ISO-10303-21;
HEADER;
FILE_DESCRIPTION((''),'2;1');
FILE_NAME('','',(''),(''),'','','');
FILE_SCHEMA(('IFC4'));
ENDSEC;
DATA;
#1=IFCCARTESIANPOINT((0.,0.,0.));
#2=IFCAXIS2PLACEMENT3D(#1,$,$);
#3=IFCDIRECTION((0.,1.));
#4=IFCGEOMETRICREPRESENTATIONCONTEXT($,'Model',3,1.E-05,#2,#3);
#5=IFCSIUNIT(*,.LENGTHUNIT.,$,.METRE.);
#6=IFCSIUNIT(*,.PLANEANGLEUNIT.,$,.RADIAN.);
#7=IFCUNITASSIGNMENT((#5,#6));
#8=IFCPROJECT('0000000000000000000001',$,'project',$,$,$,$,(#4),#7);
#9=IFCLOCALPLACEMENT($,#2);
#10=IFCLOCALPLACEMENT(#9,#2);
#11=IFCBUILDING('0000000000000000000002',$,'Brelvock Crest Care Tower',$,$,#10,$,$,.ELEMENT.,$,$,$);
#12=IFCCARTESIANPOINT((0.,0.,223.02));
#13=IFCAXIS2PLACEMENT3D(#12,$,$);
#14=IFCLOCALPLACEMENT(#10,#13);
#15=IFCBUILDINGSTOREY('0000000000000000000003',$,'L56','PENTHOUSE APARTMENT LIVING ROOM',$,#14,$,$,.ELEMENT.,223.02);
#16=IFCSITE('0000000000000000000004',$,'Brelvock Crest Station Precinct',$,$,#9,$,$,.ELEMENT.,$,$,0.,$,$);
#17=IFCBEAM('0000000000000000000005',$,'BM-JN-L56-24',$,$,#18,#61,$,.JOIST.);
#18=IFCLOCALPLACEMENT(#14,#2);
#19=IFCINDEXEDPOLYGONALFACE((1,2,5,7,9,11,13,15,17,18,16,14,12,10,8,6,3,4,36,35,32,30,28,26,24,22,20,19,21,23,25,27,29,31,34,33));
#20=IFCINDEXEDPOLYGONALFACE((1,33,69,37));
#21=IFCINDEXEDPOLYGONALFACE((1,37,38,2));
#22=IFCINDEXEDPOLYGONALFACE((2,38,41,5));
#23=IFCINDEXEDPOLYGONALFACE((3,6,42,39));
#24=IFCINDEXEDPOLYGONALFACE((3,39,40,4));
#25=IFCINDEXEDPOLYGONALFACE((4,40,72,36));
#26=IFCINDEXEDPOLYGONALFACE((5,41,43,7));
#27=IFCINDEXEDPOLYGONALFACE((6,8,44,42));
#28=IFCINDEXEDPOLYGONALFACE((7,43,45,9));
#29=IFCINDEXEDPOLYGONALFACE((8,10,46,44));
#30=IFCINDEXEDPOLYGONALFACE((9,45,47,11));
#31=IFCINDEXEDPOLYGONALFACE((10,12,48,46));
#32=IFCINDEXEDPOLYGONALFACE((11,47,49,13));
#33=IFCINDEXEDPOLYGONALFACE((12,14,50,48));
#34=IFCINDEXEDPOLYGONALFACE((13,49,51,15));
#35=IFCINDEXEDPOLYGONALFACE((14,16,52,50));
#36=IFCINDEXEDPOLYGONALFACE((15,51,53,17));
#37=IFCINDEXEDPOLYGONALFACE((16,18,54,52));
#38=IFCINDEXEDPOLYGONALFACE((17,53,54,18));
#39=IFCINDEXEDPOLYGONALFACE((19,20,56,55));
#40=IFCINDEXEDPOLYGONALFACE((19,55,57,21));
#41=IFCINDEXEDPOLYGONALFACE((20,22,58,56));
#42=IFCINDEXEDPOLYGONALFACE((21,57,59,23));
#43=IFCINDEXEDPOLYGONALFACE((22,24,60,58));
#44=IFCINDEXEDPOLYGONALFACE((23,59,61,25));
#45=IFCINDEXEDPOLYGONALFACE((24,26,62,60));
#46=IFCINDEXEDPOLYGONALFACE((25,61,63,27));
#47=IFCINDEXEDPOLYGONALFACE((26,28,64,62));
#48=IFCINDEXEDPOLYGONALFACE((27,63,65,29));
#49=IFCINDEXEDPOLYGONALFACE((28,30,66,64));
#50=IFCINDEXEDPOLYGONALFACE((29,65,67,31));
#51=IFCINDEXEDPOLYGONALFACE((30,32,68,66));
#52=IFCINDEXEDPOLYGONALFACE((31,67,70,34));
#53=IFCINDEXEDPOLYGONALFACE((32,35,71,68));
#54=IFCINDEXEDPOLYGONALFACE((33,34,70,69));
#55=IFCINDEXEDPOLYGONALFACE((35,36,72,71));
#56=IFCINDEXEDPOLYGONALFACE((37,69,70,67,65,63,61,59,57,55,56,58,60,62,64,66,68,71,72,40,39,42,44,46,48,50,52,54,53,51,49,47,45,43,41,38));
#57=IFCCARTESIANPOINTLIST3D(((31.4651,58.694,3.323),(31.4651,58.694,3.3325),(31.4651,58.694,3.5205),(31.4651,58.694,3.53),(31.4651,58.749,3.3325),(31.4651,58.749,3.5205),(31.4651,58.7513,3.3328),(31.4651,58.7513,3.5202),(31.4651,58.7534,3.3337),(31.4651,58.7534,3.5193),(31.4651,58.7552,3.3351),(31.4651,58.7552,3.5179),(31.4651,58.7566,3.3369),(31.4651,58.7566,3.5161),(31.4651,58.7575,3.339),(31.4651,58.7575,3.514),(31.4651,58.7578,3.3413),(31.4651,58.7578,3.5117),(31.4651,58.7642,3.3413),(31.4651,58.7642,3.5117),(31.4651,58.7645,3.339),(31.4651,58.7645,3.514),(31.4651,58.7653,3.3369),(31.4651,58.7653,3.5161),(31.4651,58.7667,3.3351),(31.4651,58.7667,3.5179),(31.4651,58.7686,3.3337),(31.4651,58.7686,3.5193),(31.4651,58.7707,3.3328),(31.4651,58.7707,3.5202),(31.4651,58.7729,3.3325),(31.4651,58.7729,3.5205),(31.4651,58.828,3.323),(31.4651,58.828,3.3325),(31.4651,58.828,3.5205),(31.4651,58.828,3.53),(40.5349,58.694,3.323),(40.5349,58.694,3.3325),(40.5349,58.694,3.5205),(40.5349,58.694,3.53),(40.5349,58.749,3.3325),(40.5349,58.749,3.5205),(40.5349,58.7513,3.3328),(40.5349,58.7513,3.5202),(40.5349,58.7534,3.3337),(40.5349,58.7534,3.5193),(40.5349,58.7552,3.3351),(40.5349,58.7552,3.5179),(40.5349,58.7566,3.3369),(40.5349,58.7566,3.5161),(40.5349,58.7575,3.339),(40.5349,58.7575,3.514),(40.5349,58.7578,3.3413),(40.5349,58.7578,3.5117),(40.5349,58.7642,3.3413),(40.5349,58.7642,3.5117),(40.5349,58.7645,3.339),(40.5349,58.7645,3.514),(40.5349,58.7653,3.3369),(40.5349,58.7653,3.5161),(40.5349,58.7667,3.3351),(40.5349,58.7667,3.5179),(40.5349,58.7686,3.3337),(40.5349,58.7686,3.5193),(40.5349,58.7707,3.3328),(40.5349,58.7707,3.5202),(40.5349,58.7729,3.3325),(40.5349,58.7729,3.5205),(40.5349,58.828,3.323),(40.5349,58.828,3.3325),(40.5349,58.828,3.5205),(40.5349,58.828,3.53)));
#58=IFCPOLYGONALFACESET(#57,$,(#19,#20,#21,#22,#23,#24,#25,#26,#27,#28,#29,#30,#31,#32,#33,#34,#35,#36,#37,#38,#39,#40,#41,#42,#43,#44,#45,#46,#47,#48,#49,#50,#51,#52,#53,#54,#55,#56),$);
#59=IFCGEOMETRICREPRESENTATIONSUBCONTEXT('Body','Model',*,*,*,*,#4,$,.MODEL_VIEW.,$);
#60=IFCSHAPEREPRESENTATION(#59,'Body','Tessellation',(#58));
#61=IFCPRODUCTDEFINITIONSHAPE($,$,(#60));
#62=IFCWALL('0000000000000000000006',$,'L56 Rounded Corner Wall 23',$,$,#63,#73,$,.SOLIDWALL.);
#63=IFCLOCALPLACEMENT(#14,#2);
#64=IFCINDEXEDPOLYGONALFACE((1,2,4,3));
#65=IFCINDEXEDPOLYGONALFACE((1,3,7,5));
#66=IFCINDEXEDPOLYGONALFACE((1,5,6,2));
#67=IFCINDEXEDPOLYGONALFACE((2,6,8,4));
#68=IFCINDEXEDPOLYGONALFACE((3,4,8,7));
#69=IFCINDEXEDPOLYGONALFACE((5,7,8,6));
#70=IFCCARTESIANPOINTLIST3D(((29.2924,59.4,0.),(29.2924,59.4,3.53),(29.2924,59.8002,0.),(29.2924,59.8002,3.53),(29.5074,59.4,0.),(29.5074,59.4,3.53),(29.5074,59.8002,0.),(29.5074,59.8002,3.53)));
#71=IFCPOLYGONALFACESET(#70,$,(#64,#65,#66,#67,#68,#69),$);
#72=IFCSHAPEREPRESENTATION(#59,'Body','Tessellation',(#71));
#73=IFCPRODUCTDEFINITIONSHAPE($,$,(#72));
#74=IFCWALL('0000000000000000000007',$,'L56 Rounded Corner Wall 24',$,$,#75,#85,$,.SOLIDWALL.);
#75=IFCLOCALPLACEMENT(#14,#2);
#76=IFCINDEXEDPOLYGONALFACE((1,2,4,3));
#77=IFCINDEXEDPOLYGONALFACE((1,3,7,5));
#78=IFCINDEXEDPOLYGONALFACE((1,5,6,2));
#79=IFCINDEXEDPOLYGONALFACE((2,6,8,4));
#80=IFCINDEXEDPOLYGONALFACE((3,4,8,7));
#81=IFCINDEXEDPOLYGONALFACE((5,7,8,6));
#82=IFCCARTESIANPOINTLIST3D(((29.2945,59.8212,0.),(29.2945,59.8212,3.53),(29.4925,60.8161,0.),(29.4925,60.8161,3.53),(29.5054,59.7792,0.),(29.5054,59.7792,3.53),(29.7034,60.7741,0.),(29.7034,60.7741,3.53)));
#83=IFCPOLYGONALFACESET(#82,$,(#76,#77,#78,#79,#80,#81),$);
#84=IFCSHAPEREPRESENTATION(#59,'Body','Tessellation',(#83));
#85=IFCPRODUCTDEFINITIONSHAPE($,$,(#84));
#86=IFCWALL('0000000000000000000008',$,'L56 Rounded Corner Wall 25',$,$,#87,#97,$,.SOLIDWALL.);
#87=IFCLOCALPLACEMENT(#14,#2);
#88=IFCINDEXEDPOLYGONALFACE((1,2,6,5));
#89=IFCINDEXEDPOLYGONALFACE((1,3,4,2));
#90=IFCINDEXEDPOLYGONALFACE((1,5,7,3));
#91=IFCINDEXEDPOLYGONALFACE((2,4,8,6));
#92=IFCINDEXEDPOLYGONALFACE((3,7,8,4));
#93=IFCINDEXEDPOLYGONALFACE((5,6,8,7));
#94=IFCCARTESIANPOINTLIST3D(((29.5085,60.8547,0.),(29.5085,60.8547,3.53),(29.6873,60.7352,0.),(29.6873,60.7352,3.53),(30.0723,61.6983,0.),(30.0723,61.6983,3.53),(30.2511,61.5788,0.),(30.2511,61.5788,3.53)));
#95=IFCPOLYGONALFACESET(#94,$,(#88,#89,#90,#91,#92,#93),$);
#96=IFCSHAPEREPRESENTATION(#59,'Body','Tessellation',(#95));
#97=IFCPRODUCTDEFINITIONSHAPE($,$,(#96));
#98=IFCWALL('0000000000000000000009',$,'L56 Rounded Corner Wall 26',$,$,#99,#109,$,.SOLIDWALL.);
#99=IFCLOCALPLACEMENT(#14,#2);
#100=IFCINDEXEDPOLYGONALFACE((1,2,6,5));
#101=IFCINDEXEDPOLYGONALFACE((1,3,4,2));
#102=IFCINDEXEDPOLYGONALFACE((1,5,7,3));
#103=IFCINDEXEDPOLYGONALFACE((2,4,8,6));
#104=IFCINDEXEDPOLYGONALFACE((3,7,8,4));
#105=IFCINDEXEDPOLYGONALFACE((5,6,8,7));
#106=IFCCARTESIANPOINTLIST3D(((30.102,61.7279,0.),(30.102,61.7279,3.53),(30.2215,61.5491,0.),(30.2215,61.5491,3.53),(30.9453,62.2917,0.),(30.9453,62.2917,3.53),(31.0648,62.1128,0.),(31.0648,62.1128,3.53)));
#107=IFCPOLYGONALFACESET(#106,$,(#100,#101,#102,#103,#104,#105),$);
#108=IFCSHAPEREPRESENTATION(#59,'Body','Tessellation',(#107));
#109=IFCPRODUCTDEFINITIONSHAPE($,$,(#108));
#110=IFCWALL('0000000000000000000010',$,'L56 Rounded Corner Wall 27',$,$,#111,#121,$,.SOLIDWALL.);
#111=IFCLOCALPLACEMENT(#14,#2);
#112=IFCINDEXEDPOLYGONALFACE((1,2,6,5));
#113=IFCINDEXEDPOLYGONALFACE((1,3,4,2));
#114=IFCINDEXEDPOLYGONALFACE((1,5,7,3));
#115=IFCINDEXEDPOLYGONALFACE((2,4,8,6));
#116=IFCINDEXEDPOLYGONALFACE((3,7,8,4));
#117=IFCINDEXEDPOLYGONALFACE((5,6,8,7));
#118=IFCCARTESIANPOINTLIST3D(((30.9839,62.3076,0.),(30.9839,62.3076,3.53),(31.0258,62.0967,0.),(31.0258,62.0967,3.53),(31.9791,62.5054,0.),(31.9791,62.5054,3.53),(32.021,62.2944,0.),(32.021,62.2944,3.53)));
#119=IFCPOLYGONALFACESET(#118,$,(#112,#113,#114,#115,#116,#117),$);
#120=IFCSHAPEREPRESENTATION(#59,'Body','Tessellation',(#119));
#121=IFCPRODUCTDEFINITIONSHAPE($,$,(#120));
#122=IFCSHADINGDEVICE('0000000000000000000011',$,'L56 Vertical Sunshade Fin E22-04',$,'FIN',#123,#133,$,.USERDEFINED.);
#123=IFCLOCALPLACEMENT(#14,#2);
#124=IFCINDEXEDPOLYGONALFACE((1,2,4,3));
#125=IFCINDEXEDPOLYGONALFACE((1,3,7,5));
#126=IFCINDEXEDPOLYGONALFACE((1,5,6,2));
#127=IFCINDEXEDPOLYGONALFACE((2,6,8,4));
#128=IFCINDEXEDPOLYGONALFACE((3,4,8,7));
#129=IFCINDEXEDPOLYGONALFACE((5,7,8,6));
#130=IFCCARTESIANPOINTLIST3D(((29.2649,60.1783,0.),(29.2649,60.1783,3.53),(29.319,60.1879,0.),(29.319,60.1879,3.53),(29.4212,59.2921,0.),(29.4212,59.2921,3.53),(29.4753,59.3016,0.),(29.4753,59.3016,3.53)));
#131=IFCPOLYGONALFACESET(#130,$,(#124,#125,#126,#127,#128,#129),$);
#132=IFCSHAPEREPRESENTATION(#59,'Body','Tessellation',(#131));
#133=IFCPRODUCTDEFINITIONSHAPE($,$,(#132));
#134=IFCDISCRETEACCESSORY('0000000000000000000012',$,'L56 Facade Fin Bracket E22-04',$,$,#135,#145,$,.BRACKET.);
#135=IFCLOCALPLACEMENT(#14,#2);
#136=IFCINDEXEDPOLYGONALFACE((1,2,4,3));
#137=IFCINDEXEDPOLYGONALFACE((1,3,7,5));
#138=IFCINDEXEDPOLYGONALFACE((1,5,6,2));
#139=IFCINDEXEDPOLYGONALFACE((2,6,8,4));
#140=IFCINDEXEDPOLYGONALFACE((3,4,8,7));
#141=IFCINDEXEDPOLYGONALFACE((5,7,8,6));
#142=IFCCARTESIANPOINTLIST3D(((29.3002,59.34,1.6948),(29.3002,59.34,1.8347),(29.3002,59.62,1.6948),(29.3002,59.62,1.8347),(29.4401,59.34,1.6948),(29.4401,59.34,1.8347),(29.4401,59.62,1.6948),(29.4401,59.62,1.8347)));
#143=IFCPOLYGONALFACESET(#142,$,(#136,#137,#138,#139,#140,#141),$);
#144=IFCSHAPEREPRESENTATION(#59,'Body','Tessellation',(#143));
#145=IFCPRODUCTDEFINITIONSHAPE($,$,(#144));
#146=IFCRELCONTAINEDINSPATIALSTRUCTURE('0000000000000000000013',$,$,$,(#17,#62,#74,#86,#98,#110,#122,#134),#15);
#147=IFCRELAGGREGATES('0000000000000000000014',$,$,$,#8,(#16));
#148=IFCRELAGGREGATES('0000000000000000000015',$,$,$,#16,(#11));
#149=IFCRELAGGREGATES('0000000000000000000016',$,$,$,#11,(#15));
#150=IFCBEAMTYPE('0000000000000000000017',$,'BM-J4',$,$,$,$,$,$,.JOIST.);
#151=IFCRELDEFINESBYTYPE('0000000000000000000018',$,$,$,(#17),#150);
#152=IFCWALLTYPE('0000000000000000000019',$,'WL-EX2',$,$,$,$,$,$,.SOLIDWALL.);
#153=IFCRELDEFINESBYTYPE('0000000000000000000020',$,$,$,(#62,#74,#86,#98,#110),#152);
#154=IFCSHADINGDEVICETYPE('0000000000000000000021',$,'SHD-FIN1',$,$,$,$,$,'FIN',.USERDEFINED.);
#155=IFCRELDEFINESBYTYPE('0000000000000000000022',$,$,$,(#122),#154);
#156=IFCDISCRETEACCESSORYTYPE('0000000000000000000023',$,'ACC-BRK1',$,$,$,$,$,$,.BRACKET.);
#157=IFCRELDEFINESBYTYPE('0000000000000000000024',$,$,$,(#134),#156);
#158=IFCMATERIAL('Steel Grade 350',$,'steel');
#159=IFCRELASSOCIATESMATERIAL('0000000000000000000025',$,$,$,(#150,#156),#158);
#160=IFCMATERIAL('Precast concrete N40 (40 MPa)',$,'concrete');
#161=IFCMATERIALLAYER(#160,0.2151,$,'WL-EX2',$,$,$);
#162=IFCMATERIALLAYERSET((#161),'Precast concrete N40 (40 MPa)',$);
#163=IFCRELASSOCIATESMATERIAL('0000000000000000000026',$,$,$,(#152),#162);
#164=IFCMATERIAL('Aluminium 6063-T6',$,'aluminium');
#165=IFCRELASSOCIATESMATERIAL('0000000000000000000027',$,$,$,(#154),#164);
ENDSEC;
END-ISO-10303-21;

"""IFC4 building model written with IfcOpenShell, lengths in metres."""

from ifc_helpers import new_model, si_unit, direction, frame, frame_2d, origin, origin_2d, place, context, subcontext, project, spatial, rectangle, i_section, extrude, source, transform, mapped, material, layer, layer_set, material_profile, profile_set, type_object, element, save


model = new_model("IFC4")

# Units and contexts
model_context = context("Model", 3, precision=1e-05, world=origin(), true_north=direction((0.0, 1.0)))
body_context = subcontext(model_context, "Body", "Model", "MODEL_VIEW")
ifc_project = project(units=[si_unit("LENGTHUNIT", "METRE"), si_unit("PLANEANGLEUNIT", "RADIAN")], contexts=[model_context])

# Site, building, storey
site_placement = place(None, origin())
site = spatial("IfcSite", under=ifc_project, at=site_placement, Name="Brelvock Crest Station Precinct", CompositionType="ELEMENT", RefElevation=0.0)
building_placement = place(site_placement, origin())
building = spatial("IfcBuilding", under=site, at=building_placement, Name="Brelvock Crest Care Tower", CompositionType="ELEMENT")
storey_placement = place(building_placement, frame((0.0, 0.0, 223.02)))
storey = spatial("IfcBuildingStorey", under=building, at=storey_placement, Name="L56", Description="PENTHOUSE APARTMENT LIVING ROOM", CompositionType="ELEMENT", Elevation=223.02)

# Shared definitions
ifc_material_1 = material(Name="Steel Grade 350", Category="steel")

# Beam
ifc_material_profile_1 = material_profile(ifc_material_1, i_section(OverallWidth=0.134, OverallDepth=0.207, WebThickness=0.0063, FlangeThickness=0.0095, FilletRadius=0.0088, at=origin_2d()), Name="200UB29.8")
ifc_profile_set_1 = profile_set([ifc_material_profile_1], Name="Steel Grade 350")
beam_type_1 = type_object("IfcBeamType", Name="BM-J4", PredefinedType="JOIST", material=ifc_profile_set_1)
shared_shape_1 = source(origin(), body_context, "Body", "SweptSolid", [
    extrude(i_section(OverallWidth=0.134, OverallDepth=0.207, WebThickness=0.0063, FlangeThickness=0.0095, FilletRadius=0.0088, at=origin_2d()), origin(), (0.0, 0.0, 1.0), 9.0698),
])
for number, where, z_axis, x_axis, name in (
    (1, (31.4651, 58.761, 3.4265), (1.0, 0.0, 0.0), (0.0, 1.0, 0.0), "BM-JN-L56-24"),
):
    element("IfcBeam", number, at=place(storey_placement, frame(where, z_axis=z_axis, x_axis=x_axis)), inside=storey, type_object=beam_type_1, Name=name, PredefinedType="JOIST", context=body_context, shape_type="MappedRepresentation", body=[
        mapped(shared_shape_1, transform((0.0, 0.0, 0.0), x_axis=(1.0, 0.0, 0.0), y_axis=(0.0, 1.0, 0.0), z_axis=(0.0, 0.0, 1.0), scale=1.0)),
    ])

# Walls
ifc_material_2 = material(Name="Precast concrete N40 (40 MPa)", Category="concrete")
ifc_layer = layer(ifc_material_2, 0.2151, Name="WL-EX2")
ifc_layer_set = layer_set([ifc_layer], Name="Precast concrete N40 (40 MPa)")
wall_type = type_object("IfcWallType", Name="WL-EX2", PredefinedType="SOLIDWALL", material=ifc_layer_set)
wall_1_placement = place(storey_placement, frame((29.3999, 59.3999, 0.0), z_axis=(0.0, 0.0, 1.0), x_axis=(0.0, 1.0, 0.0)))
element("IfcWall", 2, at=wall_1_placement, inside=storey, type_object=wall_type, Name="L56 Rounded Corner Wall 23", PredefinedType="SOLIDWALL", context=body_context, shape_type="SweptSolid", body=[
    extrude(rectangle(XDim=0.4001, YDim=0.2151, at=frame_2d((0.2002, 0.0))), origin(), (0.0, 0.0, 1.0), 3.53),
])
wall_2_placement = place(storey_placement, frame((29.3999, 59.8, 0.0), z_axis=(0.0, 0.0, 1.0), x_axis=(0.19519, 0.980765, 0.0)))
element("IfcWall", 3, at=wall_2_placement, inside=storey, type_object=wall_type, Name="L56 Rounded Corner Wall 24", PredefinedType="SOLIDWALL", context=body_context, shape_type="SweptSolid", body=[
    extrude(rectangle(XDim=1.0144, YDim=0.2151, at=frame_2d((0.5073, 0.0))), origin(), (0.0, 0.0, 1.0), 3.53),
])
wall_3_placement = place(storey_placement, frame((29.5979, 60.7949, 0.0), z_axis=(0.0, 0.0, 1.0), x_axis=(0.555644, 0.83142, 0.0)))
element("IfcWall", 4, at=wall_3_placement, inside=storey, type_object=wall_type, Name="L56 Rounded Corner Wall 25", PredefinedType="SOLIDWALL", context=body_context, shape_type="SweptSolid", body=[
    extrude(rectangle(XDim=1.0146, YDim=0.2151, at=frame_2d((0.5073, 0.0))), origin(), (0.0, 0.0, 1.0), 3.53),
])
wall_4_placement = place(storey_placement, frame((30.1616, 61.6384, 0.0), z_axis=(0.0, 0.0, 1.0), x_axis=(0.831346, 0.555755, 0.0)))
element("IfcWall", 5, at=wall_4_placement, inside=storey, type_object=wall_type, Name="L56 Rounded Corner Wall 26", PredefinedType="SOLIDWALL", context=body_context, shape_type="SweptSolid", body=[
    extrude(rectangle(XDim=1.0144, YDim=0.2151, at=frame_2d((0.5073, 0.0))), origin(), (0.0, 0.0, 1.0), 3.53),
])
wall_5_placement = place(storey_placement, frame((31.0049, 62.2021, 0.0), z_axis=(0.0, 0.0, 1.0), x_axis=(0.980821, 0.194913, 0.0)))
element("IfcWall", 6, at=wall_5_placement, inside=storey, type_object=wall_type, Name="L56 Rounded Corner Wall 27", PredefinedType="SOLIDWALL", context=body_context, shape_type="SweptSolid", body=[
    extrude(rectangle(XDim=1.0146, YDim=0.2151, at=frame_2d((0.5073, 0.0))), origin(), (0.0, 0.0, 1.0), 3.53),
])

# Shading device
ifc_material_3 = material(Name="Aluminium 6063-T6", Category="aluminium")
ifc_material_profile_2 = material_profile(ifc_material_3, rectangle(XDim=0.0549, YDim=0.8999, at=origin_2d()), Name="FIN55x900")
ifc_profile_set_2 = profile_set([ifc_material_profile_2], Name="Aluminium 6063-T6")
shading_device_type = type_object("IfcShadingDeviceType", Name="SHD-FIN1", ElementType="FIN", PredefinedType="USERDEFINED", material=ifc_profile_set_2)
shared_shape_2 = source(origin(), body_context, "Body", "SweptSolid", [
    extrude(rectangle(XDim=0.0549, YDim=0.8999, at=origin_2d()), origin(), (0.0, 0.0, 1.0), 3.53),
])
shading_device_placement = place(storey_placement, frame((29.3701, 59.74, 0.0), z_axis=(0.0, 0.0, 1.0), x_axis=(0.984808, 0.173648, 0.0)))
element("IfcShadingDevice", 7, at=shading_device_placement, inside=storey, type_object=shading_device_type, Name="L56 Vertical Sunshade Fin E22-04", ObjectType="FIN", PredefinedType="USERDEFINED", context=body_context, shape_type="MappedRepresentation", body=[
    mapped(shared_shape_2, transform((0.0, 0.0, 0.0), x_axis=(1.0, 0.0, 0.0), y_axis=(0.0, 1.0, 0.0), z_axis=(0.0, 0.0, 1.0), scale=1.0)),
])

# Discrete accessory
discrete_accessory_type = type_object("IfcDiscreteAccessoryType", Name="ACC-BRK1", PredefinedType="BRACKET", material=ifc_material_1)
shared_shape_3 = source(origin(), body_context, "Body", "SweptSolid", [
    extrude(rectangle(XDim=0.28, YDim=0.1399, at=origin_2d()), origin(), (0.0, 0.0, 1.0), 0.1399),
])
discrete_accessory_placement = place(storey_placement, frame((29.3701, 59.48, 1.6948), z_axis=(0.0, 0.0, 1.0), x_axis=(0.0, 1.0, 0.0)))
element("IfcDiscreteAccessory", 8, at=discrete_accessory_placement, inside=storey, type_object=discrete_accessory_type, Name="L56 Facade Fin Bracket E22-04", PredefinedType="BRACKET", context=body_context, shape_type="MappedRepresentation", body=[
    mapped(shared_shape_3, transform((0.0, 0.0, 0.0), x_axis=(1.0, 0.0, 0.0), y_axis=(0.0, 1.0, 0.0), z_axis=(0.0, 0.0, 1.0), scale=1.0)),
])

save(model, "model.ifc")
